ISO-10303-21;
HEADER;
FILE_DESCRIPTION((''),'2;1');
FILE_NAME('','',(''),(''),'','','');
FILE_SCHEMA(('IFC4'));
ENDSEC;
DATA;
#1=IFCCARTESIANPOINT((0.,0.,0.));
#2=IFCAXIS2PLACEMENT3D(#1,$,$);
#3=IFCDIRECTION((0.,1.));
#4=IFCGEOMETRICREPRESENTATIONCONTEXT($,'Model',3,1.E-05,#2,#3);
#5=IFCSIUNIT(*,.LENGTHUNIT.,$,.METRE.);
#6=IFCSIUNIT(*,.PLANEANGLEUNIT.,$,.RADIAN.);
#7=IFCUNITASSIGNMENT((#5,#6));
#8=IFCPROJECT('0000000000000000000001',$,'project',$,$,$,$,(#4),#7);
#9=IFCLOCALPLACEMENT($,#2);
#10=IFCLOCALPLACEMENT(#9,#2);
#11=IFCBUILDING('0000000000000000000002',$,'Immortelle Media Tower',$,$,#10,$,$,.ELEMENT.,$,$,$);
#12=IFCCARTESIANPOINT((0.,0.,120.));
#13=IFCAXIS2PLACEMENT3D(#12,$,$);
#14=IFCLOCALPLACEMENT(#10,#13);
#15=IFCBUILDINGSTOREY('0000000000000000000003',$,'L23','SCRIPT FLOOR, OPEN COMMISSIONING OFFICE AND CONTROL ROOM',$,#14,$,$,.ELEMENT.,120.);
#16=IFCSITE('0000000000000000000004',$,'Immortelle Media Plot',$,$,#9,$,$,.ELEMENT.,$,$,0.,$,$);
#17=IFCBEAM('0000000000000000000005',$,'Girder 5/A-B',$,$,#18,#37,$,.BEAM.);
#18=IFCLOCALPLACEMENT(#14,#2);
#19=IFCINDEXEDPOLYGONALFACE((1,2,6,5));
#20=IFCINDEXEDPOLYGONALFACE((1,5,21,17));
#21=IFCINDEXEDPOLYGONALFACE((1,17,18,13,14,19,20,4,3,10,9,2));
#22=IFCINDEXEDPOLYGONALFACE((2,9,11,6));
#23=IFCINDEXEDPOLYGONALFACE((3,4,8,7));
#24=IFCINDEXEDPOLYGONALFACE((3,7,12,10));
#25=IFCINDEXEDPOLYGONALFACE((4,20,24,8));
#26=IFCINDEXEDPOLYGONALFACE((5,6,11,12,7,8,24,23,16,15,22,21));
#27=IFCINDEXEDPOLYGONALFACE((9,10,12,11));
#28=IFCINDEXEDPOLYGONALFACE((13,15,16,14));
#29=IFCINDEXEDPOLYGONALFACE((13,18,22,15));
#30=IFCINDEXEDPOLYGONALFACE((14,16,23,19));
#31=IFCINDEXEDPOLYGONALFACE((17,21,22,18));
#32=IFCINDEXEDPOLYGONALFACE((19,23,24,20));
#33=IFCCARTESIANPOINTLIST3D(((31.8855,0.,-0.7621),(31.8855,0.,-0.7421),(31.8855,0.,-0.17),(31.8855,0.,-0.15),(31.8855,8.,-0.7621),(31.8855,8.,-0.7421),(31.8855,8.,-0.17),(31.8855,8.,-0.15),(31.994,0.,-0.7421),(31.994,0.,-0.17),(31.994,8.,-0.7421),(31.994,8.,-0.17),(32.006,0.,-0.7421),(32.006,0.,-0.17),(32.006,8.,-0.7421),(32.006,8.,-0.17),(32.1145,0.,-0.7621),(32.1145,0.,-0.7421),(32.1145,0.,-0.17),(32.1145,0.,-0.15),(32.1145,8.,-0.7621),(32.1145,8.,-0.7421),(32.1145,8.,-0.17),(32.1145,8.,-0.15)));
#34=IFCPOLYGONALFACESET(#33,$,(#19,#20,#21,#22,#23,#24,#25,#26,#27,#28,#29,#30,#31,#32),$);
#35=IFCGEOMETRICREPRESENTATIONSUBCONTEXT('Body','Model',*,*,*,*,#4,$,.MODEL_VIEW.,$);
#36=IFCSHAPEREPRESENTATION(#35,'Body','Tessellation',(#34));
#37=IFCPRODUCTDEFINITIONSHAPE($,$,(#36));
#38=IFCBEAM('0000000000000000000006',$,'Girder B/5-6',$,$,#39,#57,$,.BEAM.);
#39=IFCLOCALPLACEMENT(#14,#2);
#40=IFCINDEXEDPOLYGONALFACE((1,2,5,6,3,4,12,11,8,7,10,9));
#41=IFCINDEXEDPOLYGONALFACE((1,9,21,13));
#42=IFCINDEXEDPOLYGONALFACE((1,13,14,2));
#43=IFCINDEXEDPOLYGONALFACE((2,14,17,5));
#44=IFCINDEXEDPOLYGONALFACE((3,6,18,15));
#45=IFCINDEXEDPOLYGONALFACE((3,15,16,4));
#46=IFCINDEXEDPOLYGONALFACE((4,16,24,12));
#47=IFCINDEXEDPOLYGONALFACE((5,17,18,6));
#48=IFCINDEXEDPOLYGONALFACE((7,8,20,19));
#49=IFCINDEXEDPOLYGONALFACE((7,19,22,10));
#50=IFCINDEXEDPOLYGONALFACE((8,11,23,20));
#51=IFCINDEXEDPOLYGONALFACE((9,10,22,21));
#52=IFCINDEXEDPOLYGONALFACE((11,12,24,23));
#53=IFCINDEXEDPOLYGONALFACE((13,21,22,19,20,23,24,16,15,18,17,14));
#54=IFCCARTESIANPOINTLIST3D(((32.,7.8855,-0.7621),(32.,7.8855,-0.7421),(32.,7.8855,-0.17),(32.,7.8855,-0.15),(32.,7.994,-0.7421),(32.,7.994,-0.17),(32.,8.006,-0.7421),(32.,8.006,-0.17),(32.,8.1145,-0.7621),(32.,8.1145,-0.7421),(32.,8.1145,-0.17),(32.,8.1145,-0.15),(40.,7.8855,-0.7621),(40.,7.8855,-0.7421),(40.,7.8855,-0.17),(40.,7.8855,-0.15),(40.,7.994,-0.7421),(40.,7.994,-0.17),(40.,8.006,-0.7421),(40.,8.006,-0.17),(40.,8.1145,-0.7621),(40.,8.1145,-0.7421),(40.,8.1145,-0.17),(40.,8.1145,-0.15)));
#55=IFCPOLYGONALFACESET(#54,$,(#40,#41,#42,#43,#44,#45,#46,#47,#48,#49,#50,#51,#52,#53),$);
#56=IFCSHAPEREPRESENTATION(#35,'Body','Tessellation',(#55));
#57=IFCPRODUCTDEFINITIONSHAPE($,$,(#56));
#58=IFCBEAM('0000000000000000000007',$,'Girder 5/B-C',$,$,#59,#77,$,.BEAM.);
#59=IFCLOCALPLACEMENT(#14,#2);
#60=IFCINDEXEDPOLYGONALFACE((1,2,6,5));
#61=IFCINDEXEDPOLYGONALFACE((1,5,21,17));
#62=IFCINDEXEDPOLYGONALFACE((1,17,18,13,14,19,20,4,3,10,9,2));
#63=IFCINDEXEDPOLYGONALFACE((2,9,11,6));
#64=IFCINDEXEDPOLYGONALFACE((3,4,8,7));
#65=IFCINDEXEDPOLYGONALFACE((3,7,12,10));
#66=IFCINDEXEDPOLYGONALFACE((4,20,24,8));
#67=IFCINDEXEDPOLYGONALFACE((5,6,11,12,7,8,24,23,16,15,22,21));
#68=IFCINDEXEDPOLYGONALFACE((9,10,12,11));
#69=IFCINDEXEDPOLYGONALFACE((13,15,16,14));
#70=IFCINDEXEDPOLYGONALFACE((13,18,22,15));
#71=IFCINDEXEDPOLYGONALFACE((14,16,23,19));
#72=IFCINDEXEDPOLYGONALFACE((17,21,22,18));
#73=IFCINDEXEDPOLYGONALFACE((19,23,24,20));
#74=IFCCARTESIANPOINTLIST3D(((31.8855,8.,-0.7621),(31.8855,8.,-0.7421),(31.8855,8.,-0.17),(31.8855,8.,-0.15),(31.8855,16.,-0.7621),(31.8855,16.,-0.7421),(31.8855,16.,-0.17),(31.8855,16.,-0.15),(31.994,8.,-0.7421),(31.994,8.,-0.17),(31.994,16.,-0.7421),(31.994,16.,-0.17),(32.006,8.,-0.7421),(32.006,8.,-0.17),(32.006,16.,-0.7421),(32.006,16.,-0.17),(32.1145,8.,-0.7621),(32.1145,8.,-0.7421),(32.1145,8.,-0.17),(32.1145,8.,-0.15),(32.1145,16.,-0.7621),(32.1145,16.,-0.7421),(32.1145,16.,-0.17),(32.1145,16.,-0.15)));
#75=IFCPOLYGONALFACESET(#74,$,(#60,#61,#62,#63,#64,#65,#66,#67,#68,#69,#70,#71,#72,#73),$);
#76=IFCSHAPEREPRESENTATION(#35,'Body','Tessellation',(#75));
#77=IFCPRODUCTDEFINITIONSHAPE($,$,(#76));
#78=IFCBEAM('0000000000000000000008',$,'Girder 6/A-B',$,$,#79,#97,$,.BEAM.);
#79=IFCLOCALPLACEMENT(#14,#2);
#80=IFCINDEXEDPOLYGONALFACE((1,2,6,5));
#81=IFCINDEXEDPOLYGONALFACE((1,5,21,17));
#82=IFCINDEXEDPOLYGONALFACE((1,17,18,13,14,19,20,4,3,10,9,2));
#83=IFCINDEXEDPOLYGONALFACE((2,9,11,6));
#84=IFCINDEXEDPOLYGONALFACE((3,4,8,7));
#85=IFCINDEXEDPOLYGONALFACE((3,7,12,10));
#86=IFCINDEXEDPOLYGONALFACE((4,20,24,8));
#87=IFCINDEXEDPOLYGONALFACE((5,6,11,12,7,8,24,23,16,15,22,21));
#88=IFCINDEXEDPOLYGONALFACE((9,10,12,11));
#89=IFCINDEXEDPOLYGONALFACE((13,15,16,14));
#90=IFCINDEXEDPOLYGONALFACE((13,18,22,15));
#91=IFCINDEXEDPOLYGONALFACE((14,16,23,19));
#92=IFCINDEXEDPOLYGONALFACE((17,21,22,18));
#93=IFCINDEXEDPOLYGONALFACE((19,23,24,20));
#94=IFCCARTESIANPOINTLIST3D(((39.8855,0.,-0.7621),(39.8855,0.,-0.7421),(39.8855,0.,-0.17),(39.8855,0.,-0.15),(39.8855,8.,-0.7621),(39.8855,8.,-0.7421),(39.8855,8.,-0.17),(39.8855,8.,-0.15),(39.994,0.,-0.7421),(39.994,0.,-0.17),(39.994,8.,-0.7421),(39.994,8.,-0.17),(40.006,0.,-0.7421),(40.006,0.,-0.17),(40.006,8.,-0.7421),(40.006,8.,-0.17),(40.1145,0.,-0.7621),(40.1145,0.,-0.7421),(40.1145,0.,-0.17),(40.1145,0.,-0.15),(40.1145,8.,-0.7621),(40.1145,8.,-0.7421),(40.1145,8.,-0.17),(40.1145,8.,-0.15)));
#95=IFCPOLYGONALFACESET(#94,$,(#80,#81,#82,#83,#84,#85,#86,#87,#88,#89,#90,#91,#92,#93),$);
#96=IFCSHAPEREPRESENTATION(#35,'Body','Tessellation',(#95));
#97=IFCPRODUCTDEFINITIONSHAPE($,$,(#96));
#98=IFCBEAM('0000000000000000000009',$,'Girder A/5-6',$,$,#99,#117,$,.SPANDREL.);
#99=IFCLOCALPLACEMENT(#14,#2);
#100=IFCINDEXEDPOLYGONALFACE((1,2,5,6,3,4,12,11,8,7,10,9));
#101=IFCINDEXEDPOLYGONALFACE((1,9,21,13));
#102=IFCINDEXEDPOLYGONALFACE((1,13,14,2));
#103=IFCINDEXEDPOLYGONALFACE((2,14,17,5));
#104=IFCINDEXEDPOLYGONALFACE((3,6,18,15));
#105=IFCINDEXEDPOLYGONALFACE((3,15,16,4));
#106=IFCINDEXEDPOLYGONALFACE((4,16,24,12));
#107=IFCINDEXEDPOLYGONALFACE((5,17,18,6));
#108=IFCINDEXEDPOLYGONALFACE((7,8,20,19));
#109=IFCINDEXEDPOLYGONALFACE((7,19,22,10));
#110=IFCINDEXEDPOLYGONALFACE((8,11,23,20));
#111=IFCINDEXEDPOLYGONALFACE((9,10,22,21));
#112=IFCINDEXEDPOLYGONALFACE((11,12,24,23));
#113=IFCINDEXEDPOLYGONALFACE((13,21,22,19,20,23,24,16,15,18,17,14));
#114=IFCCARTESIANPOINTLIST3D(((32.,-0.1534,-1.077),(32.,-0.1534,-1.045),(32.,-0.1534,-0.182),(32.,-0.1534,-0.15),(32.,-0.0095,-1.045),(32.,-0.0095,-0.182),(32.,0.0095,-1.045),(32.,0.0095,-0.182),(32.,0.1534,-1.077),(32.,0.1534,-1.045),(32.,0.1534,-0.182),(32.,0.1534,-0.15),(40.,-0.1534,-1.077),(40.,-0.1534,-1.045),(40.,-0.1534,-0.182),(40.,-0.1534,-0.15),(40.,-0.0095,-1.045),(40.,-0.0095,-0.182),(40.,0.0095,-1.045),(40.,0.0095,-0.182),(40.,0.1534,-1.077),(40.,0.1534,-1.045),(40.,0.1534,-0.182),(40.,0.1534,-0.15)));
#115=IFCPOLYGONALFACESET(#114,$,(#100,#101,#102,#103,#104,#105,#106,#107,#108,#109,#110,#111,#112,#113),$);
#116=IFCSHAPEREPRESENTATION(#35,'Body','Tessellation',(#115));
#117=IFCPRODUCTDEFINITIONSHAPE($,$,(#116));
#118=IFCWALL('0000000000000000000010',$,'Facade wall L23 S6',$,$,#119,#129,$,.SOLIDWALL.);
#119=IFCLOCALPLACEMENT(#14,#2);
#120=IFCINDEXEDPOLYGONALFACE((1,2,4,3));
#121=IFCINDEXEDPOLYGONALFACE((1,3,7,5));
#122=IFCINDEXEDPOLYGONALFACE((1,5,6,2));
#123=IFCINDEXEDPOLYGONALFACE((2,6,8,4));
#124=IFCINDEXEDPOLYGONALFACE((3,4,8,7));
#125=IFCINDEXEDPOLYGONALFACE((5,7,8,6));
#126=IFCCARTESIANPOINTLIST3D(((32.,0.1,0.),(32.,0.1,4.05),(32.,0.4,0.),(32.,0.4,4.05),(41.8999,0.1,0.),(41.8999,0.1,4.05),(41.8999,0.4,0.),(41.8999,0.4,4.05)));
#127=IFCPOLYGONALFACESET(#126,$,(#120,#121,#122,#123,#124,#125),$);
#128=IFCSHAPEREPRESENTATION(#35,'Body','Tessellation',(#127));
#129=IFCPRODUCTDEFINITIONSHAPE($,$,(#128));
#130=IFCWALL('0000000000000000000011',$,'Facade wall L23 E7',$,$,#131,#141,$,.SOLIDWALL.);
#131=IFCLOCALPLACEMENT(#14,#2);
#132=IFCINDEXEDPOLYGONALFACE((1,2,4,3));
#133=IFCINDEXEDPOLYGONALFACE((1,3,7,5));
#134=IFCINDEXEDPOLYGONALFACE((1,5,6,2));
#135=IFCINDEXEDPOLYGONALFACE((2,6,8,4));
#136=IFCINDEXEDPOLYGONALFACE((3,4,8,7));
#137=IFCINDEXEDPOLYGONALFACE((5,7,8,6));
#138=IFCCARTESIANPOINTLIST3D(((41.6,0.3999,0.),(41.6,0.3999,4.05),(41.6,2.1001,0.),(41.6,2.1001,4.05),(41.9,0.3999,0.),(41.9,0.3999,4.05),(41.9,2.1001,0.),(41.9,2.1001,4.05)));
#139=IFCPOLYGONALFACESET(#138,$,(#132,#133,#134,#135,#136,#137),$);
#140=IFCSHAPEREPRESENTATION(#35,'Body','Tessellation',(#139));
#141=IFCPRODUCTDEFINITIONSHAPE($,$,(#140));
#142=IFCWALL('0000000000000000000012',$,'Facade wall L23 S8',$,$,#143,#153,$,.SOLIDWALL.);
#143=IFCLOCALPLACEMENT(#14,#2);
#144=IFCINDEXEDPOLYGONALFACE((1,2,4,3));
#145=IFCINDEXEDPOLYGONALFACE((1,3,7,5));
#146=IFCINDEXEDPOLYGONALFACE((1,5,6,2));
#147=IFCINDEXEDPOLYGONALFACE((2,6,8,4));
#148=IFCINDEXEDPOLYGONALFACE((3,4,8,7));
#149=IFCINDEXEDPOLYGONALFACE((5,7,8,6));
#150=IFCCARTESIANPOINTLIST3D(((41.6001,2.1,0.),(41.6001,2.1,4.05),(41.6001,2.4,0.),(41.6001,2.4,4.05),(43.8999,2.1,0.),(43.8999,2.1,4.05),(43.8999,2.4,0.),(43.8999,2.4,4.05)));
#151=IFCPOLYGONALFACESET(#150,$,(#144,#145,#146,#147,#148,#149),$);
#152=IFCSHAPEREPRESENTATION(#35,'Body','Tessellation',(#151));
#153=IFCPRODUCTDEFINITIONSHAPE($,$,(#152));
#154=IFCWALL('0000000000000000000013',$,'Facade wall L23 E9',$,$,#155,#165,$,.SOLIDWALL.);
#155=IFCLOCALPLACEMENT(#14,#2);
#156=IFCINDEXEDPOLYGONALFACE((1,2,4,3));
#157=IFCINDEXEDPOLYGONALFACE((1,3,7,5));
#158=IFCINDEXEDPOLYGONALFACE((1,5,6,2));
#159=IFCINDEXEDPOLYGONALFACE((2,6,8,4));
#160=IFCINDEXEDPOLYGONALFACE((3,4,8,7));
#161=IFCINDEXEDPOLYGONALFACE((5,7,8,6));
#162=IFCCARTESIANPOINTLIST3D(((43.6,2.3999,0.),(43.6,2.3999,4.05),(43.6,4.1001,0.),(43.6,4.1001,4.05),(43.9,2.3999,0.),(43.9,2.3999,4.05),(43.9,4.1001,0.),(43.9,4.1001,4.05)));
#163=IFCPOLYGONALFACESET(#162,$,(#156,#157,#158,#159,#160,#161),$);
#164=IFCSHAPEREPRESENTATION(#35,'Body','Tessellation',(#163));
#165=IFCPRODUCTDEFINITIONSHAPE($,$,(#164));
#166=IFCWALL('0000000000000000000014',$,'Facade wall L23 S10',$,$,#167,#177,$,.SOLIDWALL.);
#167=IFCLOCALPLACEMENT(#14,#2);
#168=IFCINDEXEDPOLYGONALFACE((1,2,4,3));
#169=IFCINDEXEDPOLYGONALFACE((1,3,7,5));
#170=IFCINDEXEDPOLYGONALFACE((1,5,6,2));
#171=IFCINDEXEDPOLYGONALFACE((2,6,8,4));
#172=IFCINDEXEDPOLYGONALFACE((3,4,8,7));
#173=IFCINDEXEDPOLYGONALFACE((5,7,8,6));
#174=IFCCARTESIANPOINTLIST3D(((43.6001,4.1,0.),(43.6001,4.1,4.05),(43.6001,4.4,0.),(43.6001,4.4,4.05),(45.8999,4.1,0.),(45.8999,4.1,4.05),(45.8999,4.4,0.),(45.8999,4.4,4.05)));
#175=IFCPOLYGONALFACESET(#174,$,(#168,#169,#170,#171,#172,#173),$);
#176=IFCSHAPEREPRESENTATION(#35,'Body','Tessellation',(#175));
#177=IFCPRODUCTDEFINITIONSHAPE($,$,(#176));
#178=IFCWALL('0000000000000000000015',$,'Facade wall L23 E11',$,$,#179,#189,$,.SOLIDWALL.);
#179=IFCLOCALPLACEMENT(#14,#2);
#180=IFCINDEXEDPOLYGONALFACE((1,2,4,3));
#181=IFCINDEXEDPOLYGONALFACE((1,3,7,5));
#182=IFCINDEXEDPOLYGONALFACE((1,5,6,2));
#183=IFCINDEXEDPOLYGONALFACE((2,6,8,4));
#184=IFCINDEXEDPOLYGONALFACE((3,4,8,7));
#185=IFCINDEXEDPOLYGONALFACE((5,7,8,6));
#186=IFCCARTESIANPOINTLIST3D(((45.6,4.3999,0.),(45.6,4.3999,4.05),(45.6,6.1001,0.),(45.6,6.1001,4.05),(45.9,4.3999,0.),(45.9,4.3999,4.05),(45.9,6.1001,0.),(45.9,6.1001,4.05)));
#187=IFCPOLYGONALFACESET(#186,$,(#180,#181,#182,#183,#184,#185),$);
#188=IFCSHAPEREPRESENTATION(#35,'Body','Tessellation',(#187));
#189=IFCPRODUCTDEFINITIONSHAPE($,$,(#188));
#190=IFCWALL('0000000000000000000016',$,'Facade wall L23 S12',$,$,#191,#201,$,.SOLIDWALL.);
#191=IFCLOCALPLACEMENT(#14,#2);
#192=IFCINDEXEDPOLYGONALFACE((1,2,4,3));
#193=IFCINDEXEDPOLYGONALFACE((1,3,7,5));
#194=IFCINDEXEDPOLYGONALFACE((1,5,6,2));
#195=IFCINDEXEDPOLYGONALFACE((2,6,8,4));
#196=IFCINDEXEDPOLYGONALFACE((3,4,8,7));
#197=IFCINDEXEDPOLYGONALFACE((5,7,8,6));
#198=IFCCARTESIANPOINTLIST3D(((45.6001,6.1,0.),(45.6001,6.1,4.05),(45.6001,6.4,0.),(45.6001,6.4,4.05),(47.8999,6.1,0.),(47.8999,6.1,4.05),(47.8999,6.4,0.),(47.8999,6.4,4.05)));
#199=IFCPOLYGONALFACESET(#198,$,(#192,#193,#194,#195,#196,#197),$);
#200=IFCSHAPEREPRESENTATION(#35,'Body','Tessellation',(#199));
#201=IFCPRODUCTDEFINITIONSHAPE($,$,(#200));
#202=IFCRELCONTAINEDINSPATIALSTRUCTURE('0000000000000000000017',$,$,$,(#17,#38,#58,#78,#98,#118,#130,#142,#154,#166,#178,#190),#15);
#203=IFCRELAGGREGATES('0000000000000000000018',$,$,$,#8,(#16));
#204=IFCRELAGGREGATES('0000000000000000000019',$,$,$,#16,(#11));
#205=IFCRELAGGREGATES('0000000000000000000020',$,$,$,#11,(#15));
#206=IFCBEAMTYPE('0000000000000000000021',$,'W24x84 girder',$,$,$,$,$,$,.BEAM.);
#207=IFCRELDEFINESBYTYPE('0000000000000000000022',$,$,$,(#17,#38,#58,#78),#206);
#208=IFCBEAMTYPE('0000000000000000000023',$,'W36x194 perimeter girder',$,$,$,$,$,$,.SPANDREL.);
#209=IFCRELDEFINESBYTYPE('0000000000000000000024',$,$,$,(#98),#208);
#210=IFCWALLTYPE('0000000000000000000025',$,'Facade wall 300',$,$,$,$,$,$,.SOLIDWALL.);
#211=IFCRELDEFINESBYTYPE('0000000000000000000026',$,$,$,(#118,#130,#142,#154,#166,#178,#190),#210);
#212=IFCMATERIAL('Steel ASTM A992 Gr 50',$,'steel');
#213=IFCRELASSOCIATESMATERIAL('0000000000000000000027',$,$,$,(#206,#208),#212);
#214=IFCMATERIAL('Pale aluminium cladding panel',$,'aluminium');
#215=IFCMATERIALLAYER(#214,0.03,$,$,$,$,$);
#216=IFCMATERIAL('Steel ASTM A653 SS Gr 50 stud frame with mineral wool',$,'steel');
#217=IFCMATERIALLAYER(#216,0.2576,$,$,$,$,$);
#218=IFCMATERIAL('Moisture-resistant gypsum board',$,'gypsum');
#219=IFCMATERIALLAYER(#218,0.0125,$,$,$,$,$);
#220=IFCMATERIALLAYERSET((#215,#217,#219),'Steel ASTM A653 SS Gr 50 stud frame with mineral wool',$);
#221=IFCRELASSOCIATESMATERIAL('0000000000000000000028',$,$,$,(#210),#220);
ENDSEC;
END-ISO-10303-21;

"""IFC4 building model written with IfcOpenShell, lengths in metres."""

from ifc_helpers import new_model, si_unit, direction, frame, frame_2d, origin, origin_2d, place, context, subcontext, project, spatial, rectangle, i_section, extrude, material, layer, layer_set, material_profile, profile_set, type_object, element, save


model = new_model("IFC4")

# Units and contexts
model_context = context("Model", 3, precision=1e-05, world=origin(), true_north=direction((0.0, 1.0)))
body_context = subcontext(model_context, "Body", "Model", "MODEL_VIEW")
ifc_project = project(units=[si_unit("LENGTHUNIT", "METRE"), si_unit("PLANEANGLEUNIT", "RADIAN")], contexts=[model_context])

# Site, building, storey
site_placement = place(None, origin())
site = spatial("IfcSite", under=ifc_project, at=site_placement, Name="Immortelle Media Plot", CompositionType="ELEMENT", RefElevation=0.0)
building_placement = place(site_placement, origin())
building = spatial("IfcBuilding", under=site, at=building_placement, Name="Immortelle Media Tower", CompositionType="ELEMENT")
storey_placement = place(building_placement, frame((0.0, 0.0, 120.0)))
storey = spatial("IfcBuildingStorey", under=building, at=storey_placement, Name="L23", Description="SCRIPT FLOOR, OPEN COMMISSIONING OFFICE AND CONTROL ROOM", CompositionType="ELEMENT", Elevation=120.0)

# Shared definitions
ifc_material_1 = material(Name="Steel ASTM A992 Gr 50", Category="steel")

# Beams
ifc_material_profile_1 = material_profile(ifc_material_1, i_section(OverallWidth=0.229, OverallDepth=0.6121, WebThickness=0.012, FlangeThickness=0.02, at=origin_2d()), Name="W24x84")
ifc_profile_set_1 = profile_set([ifc_material_profile_1], Name="Steel ASTM A992 Gr 50")
beam_type_1 = type_object("IfcBeamType", Name="W24x84 girder", PredefinedType="BEAM", material=ifc_profile_set_1)
for number, where, z_axis, x_axis, name in (
    (1, (32.0, 0.0, -0.4561), (0.0, 1.0, 0.0), (-1.0, 0.0, 0.0), "Girder 5/A-B"),
    (2, (32.0, 8.0, -0.4561), (1.0, 0.0, 0.0), (0.0, 1.0, 0.0), "Girder B/5-6"),
    (3, (32.0, 8.0, -0.4561), (0.0, 1.0, 0.0), (-1.0, 0.0, 0.0), "Girder 5/B-C"),
    (4, (40.0, 0.0, -0.4561), (0.0, 1.0, 0.0), (-1.0, 0.0, 0.0), "Girder 6/A-B"),
):
    element("IfcBeam", number, at=place(storey_placement, frame(where, z_axis=z_axis, x_axis=x_axis)), inside=storey, type_object=beam_type_1, Name=name, PredefinedType="BEAM", context=body_context, shape_type="SweptSolid", body=[
        extrude(i_section(OverallWidth=0.229, OverallDepth=0.6121, WebThickness=0.012, FlangeThickness=0.02, at=origin_2d()), origin(), (0.0, 0.0, 1.0), 8.0),
    ])
ifc_material_profile_2 = material_profile(ifc_material_1, i_section(OverallWidth=0.3069, OverallDepth=0.927, WebThickness=0.019, FlangeThickness=0.032, at=origin_2d()), Name="W36x194")
ifc_profile_set_2 = profile_set([ifc_material_profile_2], Name="Steel ASTM A992 Gr 50")
beam_type_2 = type_object("IfcBeamType", Name="W36x194 perimeter girder", PredefinedType="SPANDREL", material=ifc_profile_set_2)
beam_1_placement = place(storey_placement, frame((32.0, 0.0, -0.6135), z_axis=(1.0, 0.0, 0.0), x_axis=(0.0, 1.0, 0.0)))
element("IfcBeam", 5, at=beam_1_placement, inside=storey, type_object=beam_type_2, Name="Girder A/5-6", PredefinedType="SPANDREL", context=body_context, shape_type="SweptSolid", body=[
    extrude(i_section(OverallWidth=0.3069, OverallDepth=0.927, WebThickness=0.019, FlangeThickness=0.032, at=origin_2d()), origin(), (0.0, 0.0, 1.0), 8.0),
])

# Walls
ifc_material_2 = material(Name="Pale aluminium cladding panel", Category="aluminium")
ifc_layer_1 = layer(ifc_material_2, 0.03)
ifc_material_3 = material(Name="Steel ASTM A653 SS Gr 50 stud frame with mineral wool", Category="steel")
ifc_layer_2 = layer(ifc_material_3, 0.2576)
ifc_material_4 = material(Name="Moisture-resistant gypsum board", Category="gypsum")
ifc_layer_3 = layer(ifc_material_4, 0.0125)
ifc_layer_set = layer_set([ifc_layer_1, ifc_layer_2, ifc_layer_3], Name="Steel ASTM A653 SS Gr 50 stud frame with mineral wool")
wall_type = type_object("IfcWallType", Name="Facade wall 300", PredefinedType="SOLIDWALL", material=ifc_layer_set)
wall_1_placement = place(storey_placement, frame((32.0, 0.25, 0.0), z_axis=(0.0, 0.0, 1.0), x_axis=(1.0, 0.0, 0.0)))
element("IfcWall", 6, at=wall_1_placement, inside=storey, type_object=wall_type, Name="Facade wall L23 S6", PredefinedType="SOLIDWALL", context=body_context, shape_type="SweptSolid", body=[
    extrude(rectangle(XDim=9.8999, YDim=0.3, at=frame_2d((4.95, 0.0))), origin(), (0.0, 0.0, 1.0), 4.05),
])
wall_2_placement = place(storey_placement, frame((41.75, 0.3999, 0.0), z_axis=(0.0, 0.0, 1.0), x_axis=(0.0, 1.0, 0.0)))
element("IfcWall", 7, at=wall_2_placement, inside=storey, type_object=wall_type, Name="Facade wall L23 E7", PredefinedType="SOLIDWALL", context=body_context, shape_type="SweptSolid", body=[
    extrude(rectangle(XDim=1.7002, YDim=0.3, at=frame_2d((0.8501, 0.0))), origin(), (0.0, 0.0, 1.0), 4.05),
])
wall_3_placement = place(storey_placement, frame((41.6001, 2.25, 0.0), z_axis=(0.0, 0.0, 1.0), x_axis=(1.0, 0.0, 0.0)))
element("IfcWall", 8, at=wall_3_placement, inside=storey, type_object=wall_type, Name="Facade wall L23 S8", PredefinedType="SOLIDWALL", context=body_context, shape_type="SweptSolid", body=[
    extrude(rectangle(XDim=2.2998, YDim=0.3, at=frame_2d((1.1499, 0.0))), origin(), (0.0, 0.0, 1.0), 4.05),
])
wall_4_placement = place(storey_placement, frame((43.75, 2.3999, 0.0), z_axis=(0.0, 0.0, 1.0), x_axis=(0.0, 1.0, 0.0)))
element("IfcWall", 9, at=wall_4_placement, inside=storey, type_object=wall_type, Name="Facade wall L23 E9", PredefinedType="SOLIDWALL", context=body_context, shape_type="SweptSolid", body=[
    extrude(rectangle(XDim=1.7002, YDim=0.3, at=frame_2d((0.8501, 0.0))), origin(), (0.0, 0.0, 1.0), 4.05),
])
wall_5_placement = place(storey_placement, frame((43.6001, 4.25, 0.0), z_axis=(0.0, 0.0, 1.0), x_axis=(1.0, 0.0, 0.0)))
element("IfcWall", 10, at=wall_5_placement, inside=storey, type_object=wall_type, Name="Facade wall L23 S10", PredefinedType="SOLIDWALL", context=body_context, shape_type="SweptSolid", body=[
    extrude(rectangle(XDim=2.2998, YDim=0.3, at=frame_2d((1.1499, 0.0))), origin(), (0.0, 0.0, 1.0), 4.05),
])
wall_6_placement = place(storey_placement, frame((45.75, 4.3999, 0.0), z_axis=(0.0, 0.0, 1.0), x_axis=(0.0, 1.0, 0.0)))
element("IfcWall", 11, at=wall_6_placement, inside=storey, type_object=wall_type, Name="Facade wall L23 E11", PredefinedType="SOLIDWALL", context=body_context, shape_type="SweptSolid", body=[
    extrude(rectangle(XDim=1.7002, YDim=0.3, at=frame_2d((0.8501, 0.0))), origin(), (0.0, 0.0, 1.0), 4.05),
])
wall_7_placement = place(storey_placement, frame((45.6001, 6.25, 0.0), z_axis=(0.0, 0.0, 1.0), x_axis=(1.0, 0.0, 0.0)))
element("IfcWall", 12, at=wall_7_placement, inside=storey, type_object=wall_type, Name="Facade wall L23 S12", PredefinedType="SOLIDWALL", context=body_context, shape_type="SweptSolid", body=[
    extrude(rectangle(XDim=2.2998, YDim=0.3, at=frame_2d((1.1499, 0.0))), origin(), (0.0, 0.0, 1.0), 4.05),
])

save(model, "model.ifc")
